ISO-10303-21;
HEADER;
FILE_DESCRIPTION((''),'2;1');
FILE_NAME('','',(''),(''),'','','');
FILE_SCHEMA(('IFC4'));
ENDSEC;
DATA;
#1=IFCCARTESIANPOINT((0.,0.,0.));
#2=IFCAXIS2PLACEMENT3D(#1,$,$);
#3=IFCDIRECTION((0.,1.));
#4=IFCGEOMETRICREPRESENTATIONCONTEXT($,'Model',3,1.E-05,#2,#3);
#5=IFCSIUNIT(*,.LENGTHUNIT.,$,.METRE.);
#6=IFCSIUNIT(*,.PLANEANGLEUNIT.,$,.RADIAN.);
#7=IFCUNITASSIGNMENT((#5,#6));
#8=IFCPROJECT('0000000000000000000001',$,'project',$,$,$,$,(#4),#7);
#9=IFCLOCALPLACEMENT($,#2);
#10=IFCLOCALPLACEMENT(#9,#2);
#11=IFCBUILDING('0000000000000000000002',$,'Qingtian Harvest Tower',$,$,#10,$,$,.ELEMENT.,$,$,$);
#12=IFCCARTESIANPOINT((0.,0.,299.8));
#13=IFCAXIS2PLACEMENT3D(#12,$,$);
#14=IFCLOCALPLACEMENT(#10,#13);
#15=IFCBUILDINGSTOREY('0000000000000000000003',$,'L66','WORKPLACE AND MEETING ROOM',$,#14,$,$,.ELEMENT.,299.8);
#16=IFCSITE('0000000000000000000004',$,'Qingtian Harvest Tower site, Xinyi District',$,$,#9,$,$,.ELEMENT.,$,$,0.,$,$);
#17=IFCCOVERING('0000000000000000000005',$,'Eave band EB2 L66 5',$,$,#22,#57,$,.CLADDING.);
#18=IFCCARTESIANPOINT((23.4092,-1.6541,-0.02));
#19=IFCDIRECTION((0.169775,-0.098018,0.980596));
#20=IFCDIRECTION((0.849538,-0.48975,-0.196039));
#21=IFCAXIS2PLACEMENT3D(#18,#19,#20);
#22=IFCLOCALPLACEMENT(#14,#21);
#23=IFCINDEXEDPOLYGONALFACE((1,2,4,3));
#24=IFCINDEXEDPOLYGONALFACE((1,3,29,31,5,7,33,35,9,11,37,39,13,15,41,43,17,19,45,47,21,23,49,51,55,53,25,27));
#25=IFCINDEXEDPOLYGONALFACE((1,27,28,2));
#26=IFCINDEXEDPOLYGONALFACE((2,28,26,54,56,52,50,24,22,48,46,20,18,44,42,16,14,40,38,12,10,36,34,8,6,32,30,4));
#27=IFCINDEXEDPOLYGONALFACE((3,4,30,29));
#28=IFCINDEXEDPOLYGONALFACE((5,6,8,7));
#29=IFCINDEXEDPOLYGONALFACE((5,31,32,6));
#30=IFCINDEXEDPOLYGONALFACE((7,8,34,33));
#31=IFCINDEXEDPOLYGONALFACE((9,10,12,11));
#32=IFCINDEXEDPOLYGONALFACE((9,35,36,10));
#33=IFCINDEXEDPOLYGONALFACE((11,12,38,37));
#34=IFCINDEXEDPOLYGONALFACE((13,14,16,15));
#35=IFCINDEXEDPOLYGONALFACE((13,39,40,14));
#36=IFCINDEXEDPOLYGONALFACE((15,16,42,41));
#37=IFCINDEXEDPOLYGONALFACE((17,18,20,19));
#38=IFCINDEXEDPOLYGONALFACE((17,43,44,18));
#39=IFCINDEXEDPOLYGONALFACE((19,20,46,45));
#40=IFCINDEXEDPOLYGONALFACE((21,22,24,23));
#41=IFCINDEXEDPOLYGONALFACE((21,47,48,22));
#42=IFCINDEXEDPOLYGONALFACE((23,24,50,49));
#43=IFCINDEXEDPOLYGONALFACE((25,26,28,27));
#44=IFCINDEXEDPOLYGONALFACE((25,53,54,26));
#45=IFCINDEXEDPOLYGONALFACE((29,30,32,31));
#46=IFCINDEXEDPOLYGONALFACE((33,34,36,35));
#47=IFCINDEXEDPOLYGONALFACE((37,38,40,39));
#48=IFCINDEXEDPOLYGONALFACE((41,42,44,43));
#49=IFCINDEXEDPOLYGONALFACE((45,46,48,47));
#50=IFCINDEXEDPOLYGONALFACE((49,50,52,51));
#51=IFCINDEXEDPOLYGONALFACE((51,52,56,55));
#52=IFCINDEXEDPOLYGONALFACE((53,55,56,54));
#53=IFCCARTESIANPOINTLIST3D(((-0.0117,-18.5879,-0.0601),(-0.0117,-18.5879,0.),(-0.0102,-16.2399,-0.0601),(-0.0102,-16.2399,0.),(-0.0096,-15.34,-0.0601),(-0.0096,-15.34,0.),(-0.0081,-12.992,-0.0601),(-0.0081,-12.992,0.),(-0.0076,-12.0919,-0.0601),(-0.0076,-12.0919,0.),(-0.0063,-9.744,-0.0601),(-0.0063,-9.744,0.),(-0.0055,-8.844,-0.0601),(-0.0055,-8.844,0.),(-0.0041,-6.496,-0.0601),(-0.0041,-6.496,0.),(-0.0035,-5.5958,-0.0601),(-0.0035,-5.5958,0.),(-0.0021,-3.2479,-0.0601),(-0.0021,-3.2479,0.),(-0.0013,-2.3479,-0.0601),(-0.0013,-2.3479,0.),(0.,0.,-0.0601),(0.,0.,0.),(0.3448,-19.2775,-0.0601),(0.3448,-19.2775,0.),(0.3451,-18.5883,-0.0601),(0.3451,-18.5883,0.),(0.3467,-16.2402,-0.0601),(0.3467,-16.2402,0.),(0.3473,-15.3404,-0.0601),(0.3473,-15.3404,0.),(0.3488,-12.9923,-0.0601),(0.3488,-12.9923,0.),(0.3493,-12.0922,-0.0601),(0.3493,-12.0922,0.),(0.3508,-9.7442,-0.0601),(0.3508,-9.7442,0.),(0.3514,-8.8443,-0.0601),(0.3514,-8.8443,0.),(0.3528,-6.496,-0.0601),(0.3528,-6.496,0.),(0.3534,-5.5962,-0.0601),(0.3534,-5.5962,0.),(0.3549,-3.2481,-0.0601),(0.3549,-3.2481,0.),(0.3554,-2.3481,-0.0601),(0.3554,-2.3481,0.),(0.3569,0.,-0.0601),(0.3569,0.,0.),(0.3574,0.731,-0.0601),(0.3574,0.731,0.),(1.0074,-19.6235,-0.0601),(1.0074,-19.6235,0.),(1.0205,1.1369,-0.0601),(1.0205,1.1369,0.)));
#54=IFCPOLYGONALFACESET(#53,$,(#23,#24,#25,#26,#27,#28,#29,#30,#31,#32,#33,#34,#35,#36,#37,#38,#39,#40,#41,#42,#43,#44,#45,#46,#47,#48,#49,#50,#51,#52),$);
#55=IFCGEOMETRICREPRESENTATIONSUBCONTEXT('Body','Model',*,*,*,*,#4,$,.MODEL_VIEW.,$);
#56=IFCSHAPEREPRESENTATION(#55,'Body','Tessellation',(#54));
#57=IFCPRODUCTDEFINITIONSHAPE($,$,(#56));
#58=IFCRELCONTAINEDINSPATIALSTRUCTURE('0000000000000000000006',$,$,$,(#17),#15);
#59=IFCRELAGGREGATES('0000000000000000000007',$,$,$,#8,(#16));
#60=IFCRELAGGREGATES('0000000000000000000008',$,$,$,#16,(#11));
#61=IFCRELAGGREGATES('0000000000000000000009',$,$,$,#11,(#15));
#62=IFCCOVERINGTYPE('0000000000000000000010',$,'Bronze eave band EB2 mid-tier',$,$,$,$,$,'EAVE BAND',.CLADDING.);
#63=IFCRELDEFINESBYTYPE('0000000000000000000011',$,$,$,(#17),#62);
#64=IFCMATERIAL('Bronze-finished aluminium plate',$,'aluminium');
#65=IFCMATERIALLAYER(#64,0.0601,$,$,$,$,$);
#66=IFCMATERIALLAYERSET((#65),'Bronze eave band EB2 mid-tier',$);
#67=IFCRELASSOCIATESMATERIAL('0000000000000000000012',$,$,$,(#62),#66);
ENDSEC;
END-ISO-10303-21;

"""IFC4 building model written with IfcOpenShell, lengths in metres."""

from ifc_helpers import new_model, si_unit, direction, frame, origin, place, context, subcontext, project, spatial, polyline, outline, extrude, material, layer, layer_set, type_object, element, save


model = new_model("IFC4")

# Units and contexts
model_context = context("Model", 3, precision=1e-05, world=origin(), true_north=direction((0.0, 1.0)))
body_context = subcontext(model_context, "Body", "Model", "MODEL_VIEW")
ifc_project = project(units=[si_unit("LENGTHUNIT", "METRE"), si_unit("PLANEANGLEUNIT", "RADIAN")], contexts=[model_context])

# Site, building, storey
site_placement = place(None, origin())
site = spatial("IfcSite", under=ifc_project, at=site_placement, Name="Qingtian Harvest Tower site, Xinyi District", CompositionType="ELEMENT", RefElevation=0.0)
building_placement = place(site_placement, origin())
building = spatial("IfcBuilding", under=site, at=building_placement, Name="Qingtian Harvest Tower", CompositionType="ELEMENT")
storey_placement = place(building_placement, frame((0.0, 0.0, 299.8)))
storey = spatial("IfcBuildingStorey", under=building, at=storey_placement, Name="L66", Description="WORKPLACE AND MEETING ROOM", CompositionType="ELEMENT", Elevation=299.8)

# Covering
ifc_material_1 = material(Name="Bronze-finished aluminium plate", Category="aluminium")
ifc_layer_1 = layer(ifc_material_1, 0.0601)
ifc_layer_set_1 = layer_set([ifc_layer_1], Name="Bronze eave band EB2 mid-tier")
covering_type = type_object("IfcCoveringType", Name="Bronze eave band EB2 mid-tier", ElementType="EAVE BAND", PredefinedType="CLADDING", material=ifc_layer_set_1)
covering_placement = place(storey_placement, frame((23.4092, -1.6541, -0.02), z_axis=(0.169775, -0.098018, 0.980596), x_axis=(0.849538, -0.48975, -0.196039)))
element("IfcCovering", 1, at=covering_placement, inside=storey, type_object=covering_type, Name="Eave band EB2 L66 5", PredefinedType="CLADDING", context=body_context, shape_type="SweptSolid", body=[
    extrude(outline(polyline([(0.0, 0.0), (0.3569, 0.0), (0.3574, 0.731), (1.0205, 1.1369), (1.0074, -19.6235), (0.3448, -19.2775), (0.3451, -18.5883), (-0.0117, -18.5879), (-0.0102, -16.2399), (0.3467, -16.2402), (0.3473, -15.3404), (-0.0096, -15.34), (-0.0081, -12.992), (0.3488, -12.9923), (0.3493, -12.0922), (-0.0076, -12.0919), (-0.0063, -9.744), (0.3508, -9.7442), (0.3514, -8.8443), (-0.0055, -8.844), (-0.0041, -6.496), (0.3528, -6.496), (0.3534, -5.5962), (-0.0035, -5.5958), (-0.0021, -3.2479), (0.3549, -3.2481), (0.3554, -2.3481), (-0.0013, -2.3479), (0.0, 0.0)])), origin(), (0.0, 0.0, -1.0), 0.0601),
])

save(model, "model.ifc")
